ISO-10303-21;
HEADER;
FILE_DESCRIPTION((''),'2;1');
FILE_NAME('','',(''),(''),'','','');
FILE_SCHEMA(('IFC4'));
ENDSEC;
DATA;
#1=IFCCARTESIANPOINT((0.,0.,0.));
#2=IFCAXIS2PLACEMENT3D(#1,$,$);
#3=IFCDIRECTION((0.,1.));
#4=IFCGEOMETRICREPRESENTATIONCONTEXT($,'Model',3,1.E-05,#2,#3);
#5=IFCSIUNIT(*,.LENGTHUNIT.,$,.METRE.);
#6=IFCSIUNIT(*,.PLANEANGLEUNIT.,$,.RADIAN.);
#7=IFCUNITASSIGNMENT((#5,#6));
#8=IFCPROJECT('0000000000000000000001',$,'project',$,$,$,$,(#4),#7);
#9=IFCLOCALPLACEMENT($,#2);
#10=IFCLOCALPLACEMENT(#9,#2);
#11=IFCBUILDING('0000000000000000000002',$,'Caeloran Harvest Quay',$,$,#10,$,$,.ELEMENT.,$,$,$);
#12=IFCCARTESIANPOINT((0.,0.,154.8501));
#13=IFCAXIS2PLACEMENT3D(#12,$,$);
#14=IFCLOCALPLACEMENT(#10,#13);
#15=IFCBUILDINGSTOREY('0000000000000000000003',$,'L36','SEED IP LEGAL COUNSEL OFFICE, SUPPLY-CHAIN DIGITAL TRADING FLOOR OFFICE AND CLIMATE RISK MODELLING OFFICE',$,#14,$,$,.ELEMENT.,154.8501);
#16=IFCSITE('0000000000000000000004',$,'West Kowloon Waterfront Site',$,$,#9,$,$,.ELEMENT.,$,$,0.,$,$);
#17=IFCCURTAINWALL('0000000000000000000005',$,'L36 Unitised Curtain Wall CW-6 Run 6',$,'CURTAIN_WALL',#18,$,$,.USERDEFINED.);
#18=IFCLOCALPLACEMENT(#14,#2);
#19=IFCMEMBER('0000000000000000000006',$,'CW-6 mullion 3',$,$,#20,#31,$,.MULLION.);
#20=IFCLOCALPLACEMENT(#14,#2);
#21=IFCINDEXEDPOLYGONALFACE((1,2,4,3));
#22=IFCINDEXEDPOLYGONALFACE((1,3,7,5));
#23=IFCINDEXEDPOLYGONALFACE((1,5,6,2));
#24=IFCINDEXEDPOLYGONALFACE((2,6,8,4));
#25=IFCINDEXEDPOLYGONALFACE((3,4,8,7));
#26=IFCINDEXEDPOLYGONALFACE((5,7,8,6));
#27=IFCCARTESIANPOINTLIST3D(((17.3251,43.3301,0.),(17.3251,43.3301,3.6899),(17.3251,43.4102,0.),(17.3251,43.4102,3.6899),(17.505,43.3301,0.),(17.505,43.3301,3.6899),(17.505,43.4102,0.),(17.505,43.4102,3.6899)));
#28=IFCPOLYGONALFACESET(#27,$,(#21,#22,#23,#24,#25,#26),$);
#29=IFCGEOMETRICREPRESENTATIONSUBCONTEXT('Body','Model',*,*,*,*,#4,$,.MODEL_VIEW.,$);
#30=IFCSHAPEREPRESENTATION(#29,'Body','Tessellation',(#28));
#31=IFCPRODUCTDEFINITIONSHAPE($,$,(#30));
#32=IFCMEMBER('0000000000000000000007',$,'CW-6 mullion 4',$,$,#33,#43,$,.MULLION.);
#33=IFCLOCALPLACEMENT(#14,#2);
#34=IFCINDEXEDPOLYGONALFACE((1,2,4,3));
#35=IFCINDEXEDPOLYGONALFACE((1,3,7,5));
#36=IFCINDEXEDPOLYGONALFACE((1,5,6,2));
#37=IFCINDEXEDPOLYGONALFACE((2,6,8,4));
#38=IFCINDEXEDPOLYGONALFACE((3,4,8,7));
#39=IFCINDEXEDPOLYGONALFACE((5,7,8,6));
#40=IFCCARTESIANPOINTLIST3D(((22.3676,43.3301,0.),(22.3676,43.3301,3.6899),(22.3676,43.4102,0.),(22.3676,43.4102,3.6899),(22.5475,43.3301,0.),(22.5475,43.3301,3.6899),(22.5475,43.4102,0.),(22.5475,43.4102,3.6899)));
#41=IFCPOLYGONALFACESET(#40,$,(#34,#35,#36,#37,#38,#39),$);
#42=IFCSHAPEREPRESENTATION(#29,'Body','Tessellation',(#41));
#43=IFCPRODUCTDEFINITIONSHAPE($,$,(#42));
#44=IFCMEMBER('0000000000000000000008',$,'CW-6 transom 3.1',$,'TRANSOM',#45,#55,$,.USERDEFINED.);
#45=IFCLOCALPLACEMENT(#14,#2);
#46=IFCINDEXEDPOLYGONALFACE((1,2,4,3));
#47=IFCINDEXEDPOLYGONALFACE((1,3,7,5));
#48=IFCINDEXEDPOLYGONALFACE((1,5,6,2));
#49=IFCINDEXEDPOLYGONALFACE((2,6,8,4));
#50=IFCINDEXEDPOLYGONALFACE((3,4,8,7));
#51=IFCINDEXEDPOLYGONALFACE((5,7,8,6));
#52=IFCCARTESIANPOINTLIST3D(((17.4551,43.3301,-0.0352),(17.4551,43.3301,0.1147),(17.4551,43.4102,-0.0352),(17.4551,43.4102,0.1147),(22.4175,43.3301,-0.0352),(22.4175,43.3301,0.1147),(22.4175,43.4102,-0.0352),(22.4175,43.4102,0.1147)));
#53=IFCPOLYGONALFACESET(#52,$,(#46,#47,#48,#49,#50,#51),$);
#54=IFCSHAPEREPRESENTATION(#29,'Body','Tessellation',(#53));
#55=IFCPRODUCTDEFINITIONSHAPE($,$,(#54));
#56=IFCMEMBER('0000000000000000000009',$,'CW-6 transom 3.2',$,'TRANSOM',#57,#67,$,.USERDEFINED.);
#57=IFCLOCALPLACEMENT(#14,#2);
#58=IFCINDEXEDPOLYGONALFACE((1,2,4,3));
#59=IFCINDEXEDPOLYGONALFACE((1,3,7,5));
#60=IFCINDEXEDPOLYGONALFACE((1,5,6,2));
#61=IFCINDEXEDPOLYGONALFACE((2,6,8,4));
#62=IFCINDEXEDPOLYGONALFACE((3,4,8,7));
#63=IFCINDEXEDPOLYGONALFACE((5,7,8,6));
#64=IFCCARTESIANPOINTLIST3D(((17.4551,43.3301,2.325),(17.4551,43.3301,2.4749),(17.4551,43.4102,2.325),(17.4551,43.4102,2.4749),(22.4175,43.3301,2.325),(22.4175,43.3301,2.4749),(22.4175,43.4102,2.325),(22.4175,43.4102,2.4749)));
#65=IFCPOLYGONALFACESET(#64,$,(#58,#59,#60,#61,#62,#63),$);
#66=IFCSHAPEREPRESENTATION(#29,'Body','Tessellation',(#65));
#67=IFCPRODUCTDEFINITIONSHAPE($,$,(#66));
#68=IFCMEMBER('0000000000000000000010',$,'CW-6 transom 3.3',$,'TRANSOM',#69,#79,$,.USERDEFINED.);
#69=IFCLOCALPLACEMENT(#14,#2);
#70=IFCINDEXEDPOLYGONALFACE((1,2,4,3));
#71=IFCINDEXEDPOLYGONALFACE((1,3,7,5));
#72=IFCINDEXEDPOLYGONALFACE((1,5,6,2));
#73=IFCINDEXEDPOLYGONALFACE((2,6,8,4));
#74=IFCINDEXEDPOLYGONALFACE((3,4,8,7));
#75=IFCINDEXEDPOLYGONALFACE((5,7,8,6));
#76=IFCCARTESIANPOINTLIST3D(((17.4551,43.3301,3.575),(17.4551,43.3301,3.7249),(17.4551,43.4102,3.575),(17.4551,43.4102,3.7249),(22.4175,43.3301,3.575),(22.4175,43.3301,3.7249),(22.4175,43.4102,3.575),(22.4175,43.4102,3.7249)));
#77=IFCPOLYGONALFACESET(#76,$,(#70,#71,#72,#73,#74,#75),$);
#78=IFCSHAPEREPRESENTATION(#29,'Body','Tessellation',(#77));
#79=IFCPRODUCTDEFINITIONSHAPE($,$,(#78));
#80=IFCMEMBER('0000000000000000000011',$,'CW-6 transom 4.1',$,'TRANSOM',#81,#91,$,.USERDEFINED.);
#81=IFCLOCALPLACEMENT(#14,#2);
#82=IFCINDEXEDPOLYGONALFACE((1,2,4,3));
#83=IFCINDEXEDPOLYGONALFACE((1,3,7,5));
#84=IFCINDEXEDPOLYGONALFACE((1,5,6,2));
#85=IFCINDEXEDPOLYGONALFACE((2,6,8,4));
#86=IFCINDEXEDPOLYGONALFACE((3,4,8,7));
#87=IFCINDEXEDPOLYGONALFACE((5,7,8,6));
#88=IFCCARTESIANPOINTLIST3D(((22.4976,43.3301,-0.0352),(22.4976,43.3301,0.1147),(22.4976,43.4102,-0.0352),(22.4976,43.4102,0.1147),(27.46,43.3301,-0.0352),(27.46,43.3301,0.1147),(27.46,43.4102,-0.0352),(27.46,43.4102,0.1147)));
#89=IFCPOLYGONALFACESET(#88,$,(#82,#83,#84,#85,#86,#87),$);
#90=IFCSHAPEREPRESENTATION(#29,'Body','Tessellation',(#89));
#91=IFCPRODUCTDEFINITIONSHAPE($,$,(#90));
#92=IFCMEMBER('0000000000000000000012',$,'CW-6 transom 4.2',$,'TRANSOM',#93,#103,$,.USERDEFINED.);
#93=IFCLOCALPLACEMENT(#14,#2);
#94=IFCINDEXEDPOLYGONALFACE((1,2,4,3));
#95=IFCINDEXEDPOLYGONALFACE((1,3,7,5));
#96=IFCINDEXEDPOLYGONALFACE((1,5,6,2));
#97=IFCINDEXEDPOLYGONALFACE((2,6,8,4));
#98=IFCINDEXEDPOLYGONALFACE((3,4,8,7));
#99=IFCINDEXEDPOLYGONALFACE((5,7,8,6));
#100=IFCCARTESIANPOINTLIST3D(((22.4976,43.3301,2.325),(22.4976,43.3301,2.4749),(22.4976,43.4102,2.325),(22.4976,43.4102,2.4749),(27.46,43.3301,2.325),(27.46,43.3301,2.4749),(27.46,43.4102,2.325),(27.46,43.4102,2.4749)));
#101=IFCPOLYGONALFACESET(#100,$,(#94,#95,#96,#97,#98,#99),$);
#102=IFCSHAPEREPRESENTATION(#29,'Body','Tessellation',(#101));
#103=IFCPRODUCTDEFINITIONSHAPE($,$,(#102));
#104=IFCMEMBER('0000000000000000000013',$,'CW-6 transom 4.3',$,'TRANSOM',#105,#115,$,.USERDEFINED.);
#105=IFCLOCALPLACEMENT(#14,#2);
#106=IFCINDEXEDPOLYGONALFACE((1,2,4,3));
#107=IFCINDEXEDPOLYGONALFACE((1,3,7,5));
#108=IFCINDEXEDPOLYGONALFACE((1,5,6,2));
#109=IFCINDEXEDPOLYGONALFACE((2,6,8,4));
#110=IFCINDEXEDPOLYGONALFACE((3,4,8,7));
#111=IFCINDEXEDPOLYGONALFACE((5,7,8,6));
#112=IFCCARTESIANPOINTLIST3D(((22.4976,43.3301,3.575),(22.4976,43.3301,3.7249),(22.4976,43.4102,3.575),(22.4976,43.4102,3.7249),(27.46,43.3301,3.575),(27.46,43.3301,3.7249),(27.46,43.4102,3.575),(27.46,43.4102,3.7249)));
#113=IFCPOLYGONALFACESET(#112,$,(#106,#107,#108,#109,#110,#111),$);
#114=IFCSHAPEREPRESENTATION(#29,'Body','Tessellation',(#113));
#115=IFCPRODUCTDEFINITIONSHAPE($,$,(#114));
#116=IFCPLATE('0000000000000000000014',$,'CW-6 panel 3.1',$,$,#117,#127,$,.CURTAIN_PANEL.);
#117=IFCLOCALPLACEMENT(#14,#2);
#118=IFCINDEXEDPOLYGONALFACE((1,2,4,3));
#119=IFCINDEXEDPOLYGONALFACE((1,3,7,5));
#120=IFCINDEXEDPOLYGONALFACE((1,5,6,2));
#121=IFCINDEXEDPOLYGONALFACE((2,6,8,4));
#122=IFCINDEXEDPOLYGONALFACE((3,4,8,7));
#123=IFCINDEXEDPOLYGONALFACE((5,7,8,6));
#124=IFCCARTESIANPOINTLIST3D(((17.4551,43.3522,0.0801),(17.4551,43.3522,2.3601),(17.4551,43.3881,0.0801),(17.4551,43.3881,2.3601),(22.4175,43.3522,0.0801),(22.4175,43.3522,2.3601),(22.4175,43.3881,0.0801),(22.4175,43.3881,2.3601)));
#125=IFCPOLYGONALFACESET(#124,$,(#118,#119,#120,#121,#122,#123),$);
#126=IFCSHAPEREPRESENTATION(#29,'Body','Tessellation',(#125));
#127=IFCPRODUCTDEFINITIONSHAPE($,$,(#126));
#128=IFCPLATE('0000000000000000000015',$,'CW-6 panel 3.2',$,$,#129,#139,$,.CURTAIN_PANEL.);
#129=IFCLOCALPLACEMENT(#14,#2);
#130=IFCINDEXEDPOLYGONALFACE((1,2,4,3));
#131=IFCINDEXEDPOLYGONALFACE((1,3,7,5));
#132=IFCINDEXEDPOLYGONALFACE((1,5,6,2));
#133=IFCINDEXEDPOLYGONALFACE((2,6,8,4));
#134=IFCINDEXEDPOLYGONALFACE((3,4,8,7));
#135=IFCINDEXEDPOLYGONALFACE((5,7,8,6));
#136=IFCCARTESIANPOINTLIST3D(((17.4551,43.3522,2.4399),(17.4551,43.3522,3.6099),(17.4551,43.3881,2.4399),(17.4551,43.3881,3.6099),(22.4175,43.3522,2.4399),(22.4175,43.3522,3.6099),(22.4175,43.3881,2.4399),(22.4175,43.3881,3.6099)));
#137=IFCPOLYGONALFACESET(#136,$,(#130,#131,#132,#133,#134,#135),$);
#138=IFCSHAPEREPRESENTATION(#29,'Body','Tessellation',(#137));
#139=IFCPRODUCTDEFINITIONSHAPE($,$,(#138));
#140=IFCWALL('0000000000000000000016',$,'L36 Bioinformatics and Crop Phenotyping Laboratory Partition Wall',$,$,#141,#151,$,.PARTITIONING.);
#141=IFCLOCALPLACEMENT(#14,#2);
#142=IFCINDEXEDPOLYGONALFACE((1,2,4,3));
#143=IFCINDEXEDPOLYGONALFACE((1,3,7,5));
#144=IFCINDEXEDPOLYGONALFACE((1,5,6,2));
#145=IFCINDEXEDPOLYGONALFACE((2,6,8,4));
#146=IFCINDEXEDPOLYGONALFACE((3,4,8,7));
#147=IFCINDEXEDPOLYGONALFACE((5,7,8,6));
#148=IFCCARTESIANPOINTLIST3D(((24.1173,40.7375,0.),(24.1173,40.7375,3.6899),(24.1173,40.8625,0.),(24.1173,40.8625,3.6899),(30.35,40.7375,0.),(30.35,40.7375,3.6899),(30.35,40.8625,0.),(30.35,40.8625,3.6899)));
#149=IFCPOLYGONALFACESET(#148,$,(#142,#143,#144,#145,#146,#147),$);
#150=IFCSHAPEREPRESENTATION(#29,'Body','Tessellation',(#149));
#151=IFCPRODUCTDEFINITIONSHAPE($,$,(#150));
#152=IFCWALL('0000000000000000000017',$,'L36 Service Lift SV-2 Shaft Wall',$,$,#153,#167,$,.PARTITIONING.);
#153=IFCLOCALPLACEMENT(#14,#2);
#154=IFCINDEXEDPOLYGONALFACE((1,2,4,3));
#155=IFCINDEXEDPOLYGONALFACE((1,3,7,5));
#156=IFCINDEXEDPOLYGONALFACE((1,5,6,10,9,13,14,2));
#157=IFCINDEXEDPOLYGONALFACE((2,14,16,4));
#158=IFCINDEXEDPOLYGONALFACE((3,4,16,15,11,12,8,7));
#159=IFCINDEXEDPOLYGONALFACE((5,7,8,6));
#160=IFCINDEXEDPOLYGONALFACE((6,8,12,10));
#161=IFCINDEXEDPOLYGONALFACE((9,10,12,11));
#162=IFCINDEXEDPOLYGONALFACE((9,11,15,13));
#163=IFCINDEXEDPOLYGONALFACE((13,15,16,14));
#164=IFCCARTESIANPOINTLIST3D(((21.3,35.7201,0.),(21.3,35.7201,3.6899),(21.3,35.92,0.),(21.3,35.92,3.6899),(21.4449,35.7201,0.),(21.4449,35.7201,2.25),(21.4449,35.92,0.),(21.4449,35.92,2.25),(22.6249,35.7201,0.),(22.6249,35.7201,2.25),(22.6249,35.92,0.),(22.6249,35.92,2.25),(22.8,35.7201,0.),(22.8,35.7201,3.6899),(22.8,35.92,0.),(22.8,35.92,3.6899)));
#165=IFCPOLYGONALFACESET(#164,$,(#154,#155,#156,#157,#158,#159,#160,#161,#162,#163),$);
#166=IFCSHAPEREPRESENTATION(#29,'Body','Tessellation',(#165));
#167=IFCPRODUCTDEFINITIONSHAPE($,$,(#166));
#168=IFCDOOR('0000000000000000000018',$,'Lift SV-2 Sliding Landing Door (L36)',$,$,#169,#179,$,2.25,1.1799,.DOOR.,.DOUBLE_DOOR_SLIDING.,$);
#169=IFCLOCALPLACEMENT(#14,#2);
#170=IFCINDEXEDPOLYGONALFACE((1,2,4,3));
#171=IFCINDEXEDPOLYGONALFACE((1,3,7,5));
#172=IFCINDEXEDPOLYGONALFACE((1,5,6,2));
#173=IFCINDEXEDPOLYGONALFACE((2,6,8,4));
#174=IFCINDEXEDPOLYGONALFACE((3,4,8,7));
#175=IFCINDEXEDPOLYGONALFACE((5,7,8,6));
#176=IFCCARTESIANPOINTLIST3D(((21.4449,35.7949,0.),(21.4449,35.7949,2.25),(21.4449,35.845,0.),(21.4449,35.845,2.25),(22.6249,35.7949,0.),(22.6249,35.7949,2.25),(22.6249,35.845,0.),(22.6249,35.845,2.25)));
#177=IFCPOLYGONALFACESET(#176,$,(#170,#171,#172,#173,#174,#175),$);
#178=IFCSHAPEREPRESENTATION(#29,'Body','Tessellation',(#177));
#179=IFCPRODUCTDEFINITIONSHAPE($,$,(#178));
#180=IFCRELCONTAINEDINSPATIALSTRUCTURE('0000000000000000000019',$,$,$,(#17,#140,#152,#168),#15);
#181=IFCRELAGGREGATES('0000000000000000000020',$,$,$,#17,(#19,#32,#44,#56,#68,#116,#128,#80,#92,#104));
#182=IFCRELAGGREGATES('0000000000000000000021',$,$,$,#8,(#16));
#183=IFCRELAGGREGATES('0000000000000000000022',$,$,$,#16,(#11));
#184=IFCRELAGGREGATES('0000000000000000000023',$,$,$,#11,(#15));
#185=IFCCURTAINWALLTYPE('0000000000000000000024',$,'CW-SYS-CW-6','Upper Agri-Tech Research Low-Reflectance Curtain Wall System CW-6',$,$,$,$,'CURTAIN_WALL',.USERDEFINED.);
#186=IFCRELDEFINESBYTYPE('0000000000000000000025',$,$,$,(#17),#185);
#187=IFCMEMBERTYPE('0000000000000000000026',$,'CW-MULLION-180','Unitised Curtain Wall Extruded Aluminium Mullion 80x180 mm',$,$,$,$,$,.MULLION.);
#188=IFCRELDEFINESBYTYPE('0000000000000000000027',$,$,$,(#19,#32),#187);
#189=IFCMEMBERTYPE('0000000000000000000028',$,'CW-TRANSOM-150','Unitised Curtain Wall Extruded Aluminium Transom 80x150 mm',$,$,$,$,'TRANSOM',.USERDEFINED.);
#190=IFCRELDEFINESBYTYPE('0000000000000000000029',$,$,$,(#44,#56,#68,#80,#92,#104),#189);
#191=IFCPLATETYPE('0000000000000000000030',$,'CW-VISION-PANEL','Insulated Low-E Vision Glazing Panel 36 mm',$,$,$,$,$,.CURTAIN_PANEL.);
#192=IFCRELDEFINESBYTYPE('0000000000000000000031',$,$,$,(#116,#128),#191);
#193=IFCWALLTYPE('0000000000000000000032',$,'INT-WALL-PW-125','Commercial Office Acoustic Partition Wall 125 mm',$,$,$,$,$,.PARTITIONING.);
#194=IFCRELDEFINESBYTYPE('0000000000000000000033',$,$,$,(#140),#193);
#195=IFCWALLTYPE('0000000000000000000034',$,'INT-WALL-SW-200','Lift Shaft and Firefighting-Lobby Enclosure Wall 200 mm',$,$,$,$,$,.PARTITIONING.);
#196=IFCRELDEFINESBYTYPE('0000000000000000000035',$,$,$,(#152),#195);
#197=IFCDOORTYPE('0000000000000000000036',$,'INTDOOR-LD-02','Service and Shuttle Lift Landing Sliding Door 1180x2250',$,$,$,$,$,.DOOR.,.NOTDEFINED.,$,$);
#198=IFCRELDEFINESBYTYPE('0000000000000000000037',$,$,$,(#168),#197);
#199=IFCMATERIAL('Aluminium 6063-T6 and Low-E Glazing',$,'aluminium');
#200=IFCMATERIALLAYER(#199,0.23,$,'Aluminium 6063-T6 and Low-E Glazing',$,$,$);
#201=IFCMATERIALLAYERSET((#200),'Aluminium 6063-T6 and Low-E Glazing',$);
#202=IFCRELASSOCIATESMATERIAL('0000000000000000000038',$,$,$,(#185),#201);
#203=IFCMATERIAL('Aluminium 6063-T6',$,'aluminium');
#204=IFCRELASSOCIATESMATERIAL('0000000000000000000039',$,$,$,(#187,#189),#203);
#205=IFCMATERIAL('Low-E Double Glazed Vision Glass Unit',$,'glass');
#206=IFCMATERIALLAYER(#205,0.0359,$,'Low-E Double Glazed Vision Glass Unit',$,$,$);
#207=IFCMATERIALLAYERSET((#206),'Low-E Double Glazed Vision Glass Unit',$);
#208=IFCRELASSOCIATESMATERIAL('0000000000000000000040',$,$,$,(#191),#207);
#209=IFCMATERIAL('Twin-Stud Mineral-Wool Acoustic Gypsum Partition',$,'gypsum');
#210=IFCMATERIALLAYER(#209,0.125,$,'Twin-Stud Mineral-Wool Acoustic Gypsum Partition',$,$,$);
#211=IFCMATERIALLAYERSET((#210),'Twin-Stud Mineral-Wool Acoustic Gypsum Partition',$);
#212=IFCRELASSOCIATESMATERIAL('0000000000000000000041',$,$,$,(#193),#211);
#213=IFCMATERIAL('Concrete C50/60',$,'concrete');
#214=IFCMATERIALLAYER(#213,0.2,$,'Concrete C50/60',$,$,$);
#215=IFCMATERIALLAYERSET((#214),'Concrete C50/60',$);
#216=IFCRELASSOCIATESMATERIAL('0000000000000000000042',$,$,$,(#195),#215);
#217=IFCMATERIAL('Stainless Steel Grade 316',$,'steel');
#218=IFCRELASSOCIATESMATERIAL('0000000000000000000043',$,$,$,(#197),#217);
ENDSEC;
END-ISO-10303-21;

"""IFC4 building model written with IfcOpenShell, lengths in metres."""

from ifc_helpers import new_model, si_unit, direction, frame, frame_2d, origin, origin_2d, place, context, subcontext, project, spatial, rectangle, extrude, material, layer, layer_set, material_profile, profile_set, type_object, element, fill, aggregate, save


model = new_model("IFC4")

# Units and contexts
model_context = context("Model", 3, precision=1e-05, world=origin(), true_north=direction((0.0, 1.0)))
body_context = subcontext(model_context, "Body", "Model", "MODEL_VIEW")
ifc_project = project(units=[si_unit("LENGTHUNIT", "METRE"), si_unit("PLANEANGLEUNIT", "RADIAN")], contexts=[model_context])

# Site, building, storey
site_placement = place(None, origin())
site = spatial("IfcSite", under=ifc_project, at=site_placement, Name="West Kowloon Waterfront Site", CompositionType="ELEMENT", RefElevation=0.0)
building_placement = place(site_placement, origin())
building = spatial("IfcBuilding", under=site, at=building_placement, Name="Caeloran Harvest Quay", CompositionType="ELEMENT")
storey_placement = place(building_placement, frame((0.0, 0.0, 154.8501)))
storey = spatial("IfcBuildingStorey", under=building, at=storey_placement, Name="L36", Description="SEED IP LEGAL COUNSEL OFFICE, SUPPLY-CHAIN DIGITAL TRADING FLOOR OFFICE AND CLIMATE RISK MODELLING OFFICE", CompositionType="ELEMENT", Elevation=154.8501)

# Curtain wall, members, plates
ifc_material_1 = material(Name="Aluminium 6063-T6 and Low-E Glazing", Category="aluminium")
ifc_layer_1 = layer(ifc_material_1, 0.23, Name="Aluminium 6063-T6 and Low-E Glazing")
ifc_layer_set_1 = layer_set([ifc_layer_1], Name="Aluminium 6063-T6 and Low-E Glazing")
curtain_wall_type = type_object("IfcCurtainWallType", Name="CW-SYS-CW-6", Description="Upper Agri-Tech Research Low-Reflectance Curtain Wall System CW-6", ElementType="CURTAIN_WALL", PredefinedType="USERDEFINED", material=ifc_layer_set_1)
curtain_wall_placement = place(storey_placement, origin())
curtain_wall = element("IfcCurtainWall", 1, at=curtain_wall_placement, inside=storey, type_object=curtain_wall_type, Name="L36 Unitised Curtain Wall CW-6 Run 6", ObjectType="CURTAIN_WALL", PredefinedType="USERDEFINED")
ifc_material_2 = material(Name="Aluminium 6063-T6", Category="aluminium")
ifc_material_profile_1 = material_profile(ifc_material_2, rectangle(XDim=0.0801, YDim=0.1799, at=origin_2d()), Name="CW-MULLION-180")
ifc_profile_set_1 = profile_set([ifc_material_profile_1], Name="Aluminium 6063-T6")
member_type_1 = type_object("IfcMemberType", Name="CW-MULLION-180", Description="Unitised Curtain Wall Extruded Aluminium Mullion 80x180 mm", PredefinedType="MULLION", material=ifc_profile_set_1)
member_1_placement = place(storey_placement, frame((17.415, 43.3701, 0.0), z_axis=(0.0, 0.0, 1.0), x_axis=(0.0, 1.0, 0.0)))
member_1 = element("IfcMember", 2, at=member_1_placement, type_object=member_type_1, Name="CW-6 mullion 3", PredefinedType="MULLION", context=body_context, shape_type="SweptSolid", body=[
    extrude(rectangle(XDim=0.0801, YDim=0.1799, at=origin_2d()), origin(), (0.0, 0.0, 1.0), 3.6899),
])
member_2_placement = place(storey_placement, frame((22.4575, 43.3701, 0.0), z_axis=(0.0, 0.0, 1.0), x_axis=(0.0, 1.0, 0.0)))
member_2 = element("IfcMember", 3, at=member_2_placement, type_object=member_type_1, Name="CW-6 mullion 4", PredefinedType="MULLION", context=body_context, shape_type="SweptSolid", body=[
    extrude(rectangle(XDim=0.0801, YDim=0.1799, at=origin_2d()), origin(), (0.0, 0.0, 1.0), 3.6899),
])
ifc_material_profile_2 = material_profile(ifc_material_2, rectangle(XDim=0.0801, YDim=0.1499, at=origin_2d()), Name="CW-TRANSOM-150")
ifc_profile_set_2 = profile_set([ifc_material_profile_2], Name="Aluminium 6063-T6")
member_type_2 = type_object("IfcMemberType", Name="CW-TRANSOM-150", Description="Unitised Curtain Wall Extruded Aluminium Transom 80x150 mm", ElementType="TRANSOM", PredefinedType="USERDEFINED", material=ifc_profile_set_2)
member_3_placement = place(storey_placement, frame((17.4551, 43.3701, 0.0398), z_axis=(1.0, 0.0, 0.0), x_axis=(0.0, 1.0, 0.0)))
member_3 = element("IfcMember", 4, at=member_3_placement, type_object=member_type_2, Name="CW-6 transom 3.1", ObjectType="TRANSOM", PredefinedType="USERDEFINED", context=body_context, shape_type="SweptSolid", body=[
    extrude(rectangle(XDim=0.0801, YDim=0.1499, at=origin_2d()), origin(), (0.0, 0.0, 1.0), 4.9624),
])
member_4_placement = place(storey_placement, frame((17.4551, 43.3701, 2.3999), z_axis=(1.0, 0.0, 0.0), x_axis=(0.0, 1.0, 0.0)))
member_4 = element("IfcMember", 5, at=member_4_placement, type_object=member_type_2, Name="CW-6 transom 3.2", ObjectType="TRANSOM", PredefinedType="USERDEFINED", context=body_context, shape_type="SweptSolid", body=[
    extrude(rectangle(XDim=0.0801, YDim=0.1499, at=origin_2d()), origin(), (0.0, 0.0, 1.0), 4.9624),
])
member_5_placement = place(storey_placement, frame((17.4551, 43.3701, 3.6499), z_axis=(1.0, 0.0, 0.0), x_axis=(0.0, 1.0, 0.0)))
member_5 = element("IfcMember", 6, at=member_5_placement, type_object=member_type_2, Name="CW-6 transom 3.3", ObjectType="TRANSOM", PredefinedType="USERDEFINED", context=body_context, shape_type="SweptSolid", body=[
    extrude(rectangle(XDim=0.0801, YDim=0.1499, at=origin_2d()), origin(), (0.0, 0.0, 1.0), 4.9624),
])
member_6_placement = place(storey_placement, frame((22.4976, 43.3701, 0.0398), z_axis=(1.0, 0.0, 0.0), x_axis=(0.0, 1.0, 0.0)))
member_6 = element("IfcMember", 7, at=member_6_placement, type_object=member_type_2, Name="CW-6 transom 4.1", ObjectType="TRANSOM", PredefinedType="USERDEFINED", context=body_context, shape_type="SweptSolid", body=[
    extrude(rectangle(XDim=0.0801, YDim=0.1499, at=origin_2d()), origin(), (0.0, 0.0, 1.0), 4.9624),
])
member_7_placement = place(storey_placement, frame((22.4976, 43.3701, 2.3999), z_axis=(1.0, 0.0, 0.0), x_axis=(0.0, 1.0, 0.0)))
member_7 = element("IfcMember", 8, at=member_7_placement, type_object=member_type_2, Name="CW-6 transom 4.2", ObjectType="TRANSOM", PredefinedType="USERDEFINED", context=body_context, shape_type="SweptSolid", body=[
    extrude(rectangle(XDim=0.0801, YDim=0.1499, at=origin_2d()), origin(), (0.0, 0.0, 1.0), 4.9624),
])
member_8_placement = place(storey_placement, frame((22.4976, 43.3701, 3.6499), z_axis=(1.0, 0.0, 0.0), x_axis=(0.0, 1.0, 0.0)))
member_8 = element("IfcMember", 9, at=member_8_placement, type_object=member_type_2, Name="CW-6 transom 4.3", ObjectType="TRANSOM", PredefinedType="USERDEFINED", context=body_context, shape_type="SweptSolid", body=[
    extrude(rectangle(XDim=0.0801, YDim=0.1499, at=origin_2d()), origin(), (0.0, 0.0, 1.0), 4.9624),
])
ifc_material_3 = material(Name="Low-E Double Glazed Vision Glass Unit", Category="glass")
ifc_layer_2 = layer(ifc_material_3, 0.0359, Name="Low-E Double Glazed Vision Glass Unit")
ifc_layer_set_2 = layer_set([ifc_layer_2], Name="Low-E Double Glazed Vision Glass Unit")
plate_type = type_object("IfcPlateType", Name="CW-VISION-PANEL", Description="Insulated Low-E Vision Glazing Panel 36 mm", PredefinedType="CURTAIN_PANEL", material=ifc_layer_set_2)
plate_1_placement = place(storey_placement, frame((19.9363, 43.3701, 0.0801), z_axis=(0.0, 0.0, 1.0), x_axis=(1.0, 0.0, 0.0)))
plate_1 = element("IfcPlate", 10, at=plate_1_placement, type_object=plate_type, Name="CW-6 panel 3.1", PredefinedType="CURTAIN_PANEL", context=body_context, shape_type="SweptSolid", body=[
    extrude(rectangle(XDim=4.9624, YDim=0.0359, at=origin_2d()), origin(), (0.0, 0.0, 1.0), 2.28),
])
plate_2_placement = place(storey_placement, frame((19.9363, 43.3701, 2.4399), z_axis=(0.0, 0.0, 1.0), x_axis=(1.0, 0.0, 0.0)))
plate_2 = element("IfcPlate", 11, at=plate_2_placement, type_object=plate_type, Name="CW-6 panel 3.2", PredefinedType="CURTAIN_PANEL", context=body_context, shape_type="SweptSolid", body=[
    extrude(rectangle(XDim=4.9624, YDim=0.0359, at=origin_2d()), origin(), (0.0, 0.0, 1.0), 1.1699),
])
aggregate(curtain_wall, [member_1, member_2, member_3, member_4, member_5, plate_1, plate_2, member_6, member_7, member_8])

# Wall
ifc_material_4 = material(Name="Twin-Stud Mineral-Wool Acoustic Gypsum Partition", Category="gypsum")
ifc_layer_3 = layer(ifc_material_4, 0.125, Name="Twin-Stud Mineral-Wool Acoustic Gypsum Partition")
ifc_layer_set_3 = layer_set([ifc_layer_3], Name="Twin-Stud Mineral-Wool Acoustic Gypsum Partition")
wall_type_1 = type_object("IfcWallType", Name="INT-WALL-PW-125", Description="Commercial Office Acoustic Partition Wall 125 mm", PredefinedType="PARTITIONING", material=ifc_layer_set_3)
wall_1_placement = place(storey_placement, frame((24.1174, 40.8, 0.0), z_axis=(0.0, 0.0, 1.0), x_axis=(1.0, 0.0, 0.0)))
element("IfcWall", 12, at=wall_1_placement, inside=storey, type_object=wall_type_1, Name="L36 Bioinformatics and Crop Phenotyping Laboratory Partition Wall", PredefinedType="PARTITIONING", context=body_context, shape_type="SweptSolid", body=[
    extrude(rectangle(XDim=6.2327, YDim=0.125, at=frame_2d((3.1162, 0.0))), origin(), (0.0, 0.0, 1.0), 3.6899),
])

# Wall, opening, door
ifc_material_5 = material(Name="Concrete C50/60", Category="concrete")
ifc_layer_4 = layer(ifc_material_5, 0.2, Name="Concrete C50/60")
ifc_layer_set_4 = layer_set([ifc_layer_4], Name="Concrete C50/60")
wall_type_2 = type_object("IfcWallType", Name="INT-WALL-SW-200", Description="Lift Shaft and Firefighting-Lobby Enclosure Wall 200 mm", PredefinedType="PARTITIONING", material=ifc_layer_set_4)
wall_2_placement = place(storey_placement, frame((21.3, 35.8201, 0.0), z_axis=(0.0, 0.0, 1.0), x_axis=(1.0, 0.0, 0.0)))
wall_2 = element("IfcWall", 13, at=wall_2_placement, inside=storey, type_object=wall_type_2, Name="L36 Service Lift SV-2 Shaft Wall", PredefinedType="PARTITIONING", context=body_context, shape_type="SweptSolid", body=[
    extrude(rectangle(XDim=1.5, YDim=0.2, at=frame_2d((0.75, 0.0))), origin(), (0.0, 0.0, 1.0), 3.6899),
])
opening_placement = place(wall_2_placement, frame((0.145, 0.0, 0.0)))
opening = element("IfcOpeningElement", 14, at=opening_placement, cuts=wall_2, PredefinedType="OPENING", context=body_context, shape_type="SweptSolid", body=[
    extrude(rectangle(XDim=1.1799, YDim=2.25, at=frame_2d((0.5898, 1.125))), frame((0.0, 0.1099, 0.0), z_axis=(0.0, -1.0, 0.0), x_axis=(1.0, 0.0, 0.0)), (0.0, 0.0, 1.0), 0.22),
])
ifc_material_6 = material(Name="Stainless Steel Grade 316", Category="steel")
door_type = type_object("IfcDoorType", Name="INTDOOR-LD-02", Description="Service and Shuttle Lift Landing Sliding Door 1180x2250", OperationType="NOTDEFINED", PredefinedType="DOOR", material=ifc_material_6)
door_placement = place(opening_placement, origin())
door = element("IfcDoor", 15, at=door_placement, inside=storey, type_object=door_type, Name="Lift SV-2 Sliding Landing Door (L36)", OperationType="DOUBLE_DOOR_SLIDING", OverallHeight=2.25, OverallWidth=1.1799, PredefinedType="DOOR", context=body_context, shape_type="SweptSolid", body=[
    extrude(rectangle(XDim=1.1799, YDim=2.25, at=frame_2d((0.5898, 1.125))), frame((0.0, 0.0249, 0.0), z_axis=(0.0, -1.0, 0.0), x_axis=(1.0, 0.0, 0.0)), (0.0, 0.0, 1.0), 0.05),
])
fill(opening, door)

save(model, "model.ifc")
